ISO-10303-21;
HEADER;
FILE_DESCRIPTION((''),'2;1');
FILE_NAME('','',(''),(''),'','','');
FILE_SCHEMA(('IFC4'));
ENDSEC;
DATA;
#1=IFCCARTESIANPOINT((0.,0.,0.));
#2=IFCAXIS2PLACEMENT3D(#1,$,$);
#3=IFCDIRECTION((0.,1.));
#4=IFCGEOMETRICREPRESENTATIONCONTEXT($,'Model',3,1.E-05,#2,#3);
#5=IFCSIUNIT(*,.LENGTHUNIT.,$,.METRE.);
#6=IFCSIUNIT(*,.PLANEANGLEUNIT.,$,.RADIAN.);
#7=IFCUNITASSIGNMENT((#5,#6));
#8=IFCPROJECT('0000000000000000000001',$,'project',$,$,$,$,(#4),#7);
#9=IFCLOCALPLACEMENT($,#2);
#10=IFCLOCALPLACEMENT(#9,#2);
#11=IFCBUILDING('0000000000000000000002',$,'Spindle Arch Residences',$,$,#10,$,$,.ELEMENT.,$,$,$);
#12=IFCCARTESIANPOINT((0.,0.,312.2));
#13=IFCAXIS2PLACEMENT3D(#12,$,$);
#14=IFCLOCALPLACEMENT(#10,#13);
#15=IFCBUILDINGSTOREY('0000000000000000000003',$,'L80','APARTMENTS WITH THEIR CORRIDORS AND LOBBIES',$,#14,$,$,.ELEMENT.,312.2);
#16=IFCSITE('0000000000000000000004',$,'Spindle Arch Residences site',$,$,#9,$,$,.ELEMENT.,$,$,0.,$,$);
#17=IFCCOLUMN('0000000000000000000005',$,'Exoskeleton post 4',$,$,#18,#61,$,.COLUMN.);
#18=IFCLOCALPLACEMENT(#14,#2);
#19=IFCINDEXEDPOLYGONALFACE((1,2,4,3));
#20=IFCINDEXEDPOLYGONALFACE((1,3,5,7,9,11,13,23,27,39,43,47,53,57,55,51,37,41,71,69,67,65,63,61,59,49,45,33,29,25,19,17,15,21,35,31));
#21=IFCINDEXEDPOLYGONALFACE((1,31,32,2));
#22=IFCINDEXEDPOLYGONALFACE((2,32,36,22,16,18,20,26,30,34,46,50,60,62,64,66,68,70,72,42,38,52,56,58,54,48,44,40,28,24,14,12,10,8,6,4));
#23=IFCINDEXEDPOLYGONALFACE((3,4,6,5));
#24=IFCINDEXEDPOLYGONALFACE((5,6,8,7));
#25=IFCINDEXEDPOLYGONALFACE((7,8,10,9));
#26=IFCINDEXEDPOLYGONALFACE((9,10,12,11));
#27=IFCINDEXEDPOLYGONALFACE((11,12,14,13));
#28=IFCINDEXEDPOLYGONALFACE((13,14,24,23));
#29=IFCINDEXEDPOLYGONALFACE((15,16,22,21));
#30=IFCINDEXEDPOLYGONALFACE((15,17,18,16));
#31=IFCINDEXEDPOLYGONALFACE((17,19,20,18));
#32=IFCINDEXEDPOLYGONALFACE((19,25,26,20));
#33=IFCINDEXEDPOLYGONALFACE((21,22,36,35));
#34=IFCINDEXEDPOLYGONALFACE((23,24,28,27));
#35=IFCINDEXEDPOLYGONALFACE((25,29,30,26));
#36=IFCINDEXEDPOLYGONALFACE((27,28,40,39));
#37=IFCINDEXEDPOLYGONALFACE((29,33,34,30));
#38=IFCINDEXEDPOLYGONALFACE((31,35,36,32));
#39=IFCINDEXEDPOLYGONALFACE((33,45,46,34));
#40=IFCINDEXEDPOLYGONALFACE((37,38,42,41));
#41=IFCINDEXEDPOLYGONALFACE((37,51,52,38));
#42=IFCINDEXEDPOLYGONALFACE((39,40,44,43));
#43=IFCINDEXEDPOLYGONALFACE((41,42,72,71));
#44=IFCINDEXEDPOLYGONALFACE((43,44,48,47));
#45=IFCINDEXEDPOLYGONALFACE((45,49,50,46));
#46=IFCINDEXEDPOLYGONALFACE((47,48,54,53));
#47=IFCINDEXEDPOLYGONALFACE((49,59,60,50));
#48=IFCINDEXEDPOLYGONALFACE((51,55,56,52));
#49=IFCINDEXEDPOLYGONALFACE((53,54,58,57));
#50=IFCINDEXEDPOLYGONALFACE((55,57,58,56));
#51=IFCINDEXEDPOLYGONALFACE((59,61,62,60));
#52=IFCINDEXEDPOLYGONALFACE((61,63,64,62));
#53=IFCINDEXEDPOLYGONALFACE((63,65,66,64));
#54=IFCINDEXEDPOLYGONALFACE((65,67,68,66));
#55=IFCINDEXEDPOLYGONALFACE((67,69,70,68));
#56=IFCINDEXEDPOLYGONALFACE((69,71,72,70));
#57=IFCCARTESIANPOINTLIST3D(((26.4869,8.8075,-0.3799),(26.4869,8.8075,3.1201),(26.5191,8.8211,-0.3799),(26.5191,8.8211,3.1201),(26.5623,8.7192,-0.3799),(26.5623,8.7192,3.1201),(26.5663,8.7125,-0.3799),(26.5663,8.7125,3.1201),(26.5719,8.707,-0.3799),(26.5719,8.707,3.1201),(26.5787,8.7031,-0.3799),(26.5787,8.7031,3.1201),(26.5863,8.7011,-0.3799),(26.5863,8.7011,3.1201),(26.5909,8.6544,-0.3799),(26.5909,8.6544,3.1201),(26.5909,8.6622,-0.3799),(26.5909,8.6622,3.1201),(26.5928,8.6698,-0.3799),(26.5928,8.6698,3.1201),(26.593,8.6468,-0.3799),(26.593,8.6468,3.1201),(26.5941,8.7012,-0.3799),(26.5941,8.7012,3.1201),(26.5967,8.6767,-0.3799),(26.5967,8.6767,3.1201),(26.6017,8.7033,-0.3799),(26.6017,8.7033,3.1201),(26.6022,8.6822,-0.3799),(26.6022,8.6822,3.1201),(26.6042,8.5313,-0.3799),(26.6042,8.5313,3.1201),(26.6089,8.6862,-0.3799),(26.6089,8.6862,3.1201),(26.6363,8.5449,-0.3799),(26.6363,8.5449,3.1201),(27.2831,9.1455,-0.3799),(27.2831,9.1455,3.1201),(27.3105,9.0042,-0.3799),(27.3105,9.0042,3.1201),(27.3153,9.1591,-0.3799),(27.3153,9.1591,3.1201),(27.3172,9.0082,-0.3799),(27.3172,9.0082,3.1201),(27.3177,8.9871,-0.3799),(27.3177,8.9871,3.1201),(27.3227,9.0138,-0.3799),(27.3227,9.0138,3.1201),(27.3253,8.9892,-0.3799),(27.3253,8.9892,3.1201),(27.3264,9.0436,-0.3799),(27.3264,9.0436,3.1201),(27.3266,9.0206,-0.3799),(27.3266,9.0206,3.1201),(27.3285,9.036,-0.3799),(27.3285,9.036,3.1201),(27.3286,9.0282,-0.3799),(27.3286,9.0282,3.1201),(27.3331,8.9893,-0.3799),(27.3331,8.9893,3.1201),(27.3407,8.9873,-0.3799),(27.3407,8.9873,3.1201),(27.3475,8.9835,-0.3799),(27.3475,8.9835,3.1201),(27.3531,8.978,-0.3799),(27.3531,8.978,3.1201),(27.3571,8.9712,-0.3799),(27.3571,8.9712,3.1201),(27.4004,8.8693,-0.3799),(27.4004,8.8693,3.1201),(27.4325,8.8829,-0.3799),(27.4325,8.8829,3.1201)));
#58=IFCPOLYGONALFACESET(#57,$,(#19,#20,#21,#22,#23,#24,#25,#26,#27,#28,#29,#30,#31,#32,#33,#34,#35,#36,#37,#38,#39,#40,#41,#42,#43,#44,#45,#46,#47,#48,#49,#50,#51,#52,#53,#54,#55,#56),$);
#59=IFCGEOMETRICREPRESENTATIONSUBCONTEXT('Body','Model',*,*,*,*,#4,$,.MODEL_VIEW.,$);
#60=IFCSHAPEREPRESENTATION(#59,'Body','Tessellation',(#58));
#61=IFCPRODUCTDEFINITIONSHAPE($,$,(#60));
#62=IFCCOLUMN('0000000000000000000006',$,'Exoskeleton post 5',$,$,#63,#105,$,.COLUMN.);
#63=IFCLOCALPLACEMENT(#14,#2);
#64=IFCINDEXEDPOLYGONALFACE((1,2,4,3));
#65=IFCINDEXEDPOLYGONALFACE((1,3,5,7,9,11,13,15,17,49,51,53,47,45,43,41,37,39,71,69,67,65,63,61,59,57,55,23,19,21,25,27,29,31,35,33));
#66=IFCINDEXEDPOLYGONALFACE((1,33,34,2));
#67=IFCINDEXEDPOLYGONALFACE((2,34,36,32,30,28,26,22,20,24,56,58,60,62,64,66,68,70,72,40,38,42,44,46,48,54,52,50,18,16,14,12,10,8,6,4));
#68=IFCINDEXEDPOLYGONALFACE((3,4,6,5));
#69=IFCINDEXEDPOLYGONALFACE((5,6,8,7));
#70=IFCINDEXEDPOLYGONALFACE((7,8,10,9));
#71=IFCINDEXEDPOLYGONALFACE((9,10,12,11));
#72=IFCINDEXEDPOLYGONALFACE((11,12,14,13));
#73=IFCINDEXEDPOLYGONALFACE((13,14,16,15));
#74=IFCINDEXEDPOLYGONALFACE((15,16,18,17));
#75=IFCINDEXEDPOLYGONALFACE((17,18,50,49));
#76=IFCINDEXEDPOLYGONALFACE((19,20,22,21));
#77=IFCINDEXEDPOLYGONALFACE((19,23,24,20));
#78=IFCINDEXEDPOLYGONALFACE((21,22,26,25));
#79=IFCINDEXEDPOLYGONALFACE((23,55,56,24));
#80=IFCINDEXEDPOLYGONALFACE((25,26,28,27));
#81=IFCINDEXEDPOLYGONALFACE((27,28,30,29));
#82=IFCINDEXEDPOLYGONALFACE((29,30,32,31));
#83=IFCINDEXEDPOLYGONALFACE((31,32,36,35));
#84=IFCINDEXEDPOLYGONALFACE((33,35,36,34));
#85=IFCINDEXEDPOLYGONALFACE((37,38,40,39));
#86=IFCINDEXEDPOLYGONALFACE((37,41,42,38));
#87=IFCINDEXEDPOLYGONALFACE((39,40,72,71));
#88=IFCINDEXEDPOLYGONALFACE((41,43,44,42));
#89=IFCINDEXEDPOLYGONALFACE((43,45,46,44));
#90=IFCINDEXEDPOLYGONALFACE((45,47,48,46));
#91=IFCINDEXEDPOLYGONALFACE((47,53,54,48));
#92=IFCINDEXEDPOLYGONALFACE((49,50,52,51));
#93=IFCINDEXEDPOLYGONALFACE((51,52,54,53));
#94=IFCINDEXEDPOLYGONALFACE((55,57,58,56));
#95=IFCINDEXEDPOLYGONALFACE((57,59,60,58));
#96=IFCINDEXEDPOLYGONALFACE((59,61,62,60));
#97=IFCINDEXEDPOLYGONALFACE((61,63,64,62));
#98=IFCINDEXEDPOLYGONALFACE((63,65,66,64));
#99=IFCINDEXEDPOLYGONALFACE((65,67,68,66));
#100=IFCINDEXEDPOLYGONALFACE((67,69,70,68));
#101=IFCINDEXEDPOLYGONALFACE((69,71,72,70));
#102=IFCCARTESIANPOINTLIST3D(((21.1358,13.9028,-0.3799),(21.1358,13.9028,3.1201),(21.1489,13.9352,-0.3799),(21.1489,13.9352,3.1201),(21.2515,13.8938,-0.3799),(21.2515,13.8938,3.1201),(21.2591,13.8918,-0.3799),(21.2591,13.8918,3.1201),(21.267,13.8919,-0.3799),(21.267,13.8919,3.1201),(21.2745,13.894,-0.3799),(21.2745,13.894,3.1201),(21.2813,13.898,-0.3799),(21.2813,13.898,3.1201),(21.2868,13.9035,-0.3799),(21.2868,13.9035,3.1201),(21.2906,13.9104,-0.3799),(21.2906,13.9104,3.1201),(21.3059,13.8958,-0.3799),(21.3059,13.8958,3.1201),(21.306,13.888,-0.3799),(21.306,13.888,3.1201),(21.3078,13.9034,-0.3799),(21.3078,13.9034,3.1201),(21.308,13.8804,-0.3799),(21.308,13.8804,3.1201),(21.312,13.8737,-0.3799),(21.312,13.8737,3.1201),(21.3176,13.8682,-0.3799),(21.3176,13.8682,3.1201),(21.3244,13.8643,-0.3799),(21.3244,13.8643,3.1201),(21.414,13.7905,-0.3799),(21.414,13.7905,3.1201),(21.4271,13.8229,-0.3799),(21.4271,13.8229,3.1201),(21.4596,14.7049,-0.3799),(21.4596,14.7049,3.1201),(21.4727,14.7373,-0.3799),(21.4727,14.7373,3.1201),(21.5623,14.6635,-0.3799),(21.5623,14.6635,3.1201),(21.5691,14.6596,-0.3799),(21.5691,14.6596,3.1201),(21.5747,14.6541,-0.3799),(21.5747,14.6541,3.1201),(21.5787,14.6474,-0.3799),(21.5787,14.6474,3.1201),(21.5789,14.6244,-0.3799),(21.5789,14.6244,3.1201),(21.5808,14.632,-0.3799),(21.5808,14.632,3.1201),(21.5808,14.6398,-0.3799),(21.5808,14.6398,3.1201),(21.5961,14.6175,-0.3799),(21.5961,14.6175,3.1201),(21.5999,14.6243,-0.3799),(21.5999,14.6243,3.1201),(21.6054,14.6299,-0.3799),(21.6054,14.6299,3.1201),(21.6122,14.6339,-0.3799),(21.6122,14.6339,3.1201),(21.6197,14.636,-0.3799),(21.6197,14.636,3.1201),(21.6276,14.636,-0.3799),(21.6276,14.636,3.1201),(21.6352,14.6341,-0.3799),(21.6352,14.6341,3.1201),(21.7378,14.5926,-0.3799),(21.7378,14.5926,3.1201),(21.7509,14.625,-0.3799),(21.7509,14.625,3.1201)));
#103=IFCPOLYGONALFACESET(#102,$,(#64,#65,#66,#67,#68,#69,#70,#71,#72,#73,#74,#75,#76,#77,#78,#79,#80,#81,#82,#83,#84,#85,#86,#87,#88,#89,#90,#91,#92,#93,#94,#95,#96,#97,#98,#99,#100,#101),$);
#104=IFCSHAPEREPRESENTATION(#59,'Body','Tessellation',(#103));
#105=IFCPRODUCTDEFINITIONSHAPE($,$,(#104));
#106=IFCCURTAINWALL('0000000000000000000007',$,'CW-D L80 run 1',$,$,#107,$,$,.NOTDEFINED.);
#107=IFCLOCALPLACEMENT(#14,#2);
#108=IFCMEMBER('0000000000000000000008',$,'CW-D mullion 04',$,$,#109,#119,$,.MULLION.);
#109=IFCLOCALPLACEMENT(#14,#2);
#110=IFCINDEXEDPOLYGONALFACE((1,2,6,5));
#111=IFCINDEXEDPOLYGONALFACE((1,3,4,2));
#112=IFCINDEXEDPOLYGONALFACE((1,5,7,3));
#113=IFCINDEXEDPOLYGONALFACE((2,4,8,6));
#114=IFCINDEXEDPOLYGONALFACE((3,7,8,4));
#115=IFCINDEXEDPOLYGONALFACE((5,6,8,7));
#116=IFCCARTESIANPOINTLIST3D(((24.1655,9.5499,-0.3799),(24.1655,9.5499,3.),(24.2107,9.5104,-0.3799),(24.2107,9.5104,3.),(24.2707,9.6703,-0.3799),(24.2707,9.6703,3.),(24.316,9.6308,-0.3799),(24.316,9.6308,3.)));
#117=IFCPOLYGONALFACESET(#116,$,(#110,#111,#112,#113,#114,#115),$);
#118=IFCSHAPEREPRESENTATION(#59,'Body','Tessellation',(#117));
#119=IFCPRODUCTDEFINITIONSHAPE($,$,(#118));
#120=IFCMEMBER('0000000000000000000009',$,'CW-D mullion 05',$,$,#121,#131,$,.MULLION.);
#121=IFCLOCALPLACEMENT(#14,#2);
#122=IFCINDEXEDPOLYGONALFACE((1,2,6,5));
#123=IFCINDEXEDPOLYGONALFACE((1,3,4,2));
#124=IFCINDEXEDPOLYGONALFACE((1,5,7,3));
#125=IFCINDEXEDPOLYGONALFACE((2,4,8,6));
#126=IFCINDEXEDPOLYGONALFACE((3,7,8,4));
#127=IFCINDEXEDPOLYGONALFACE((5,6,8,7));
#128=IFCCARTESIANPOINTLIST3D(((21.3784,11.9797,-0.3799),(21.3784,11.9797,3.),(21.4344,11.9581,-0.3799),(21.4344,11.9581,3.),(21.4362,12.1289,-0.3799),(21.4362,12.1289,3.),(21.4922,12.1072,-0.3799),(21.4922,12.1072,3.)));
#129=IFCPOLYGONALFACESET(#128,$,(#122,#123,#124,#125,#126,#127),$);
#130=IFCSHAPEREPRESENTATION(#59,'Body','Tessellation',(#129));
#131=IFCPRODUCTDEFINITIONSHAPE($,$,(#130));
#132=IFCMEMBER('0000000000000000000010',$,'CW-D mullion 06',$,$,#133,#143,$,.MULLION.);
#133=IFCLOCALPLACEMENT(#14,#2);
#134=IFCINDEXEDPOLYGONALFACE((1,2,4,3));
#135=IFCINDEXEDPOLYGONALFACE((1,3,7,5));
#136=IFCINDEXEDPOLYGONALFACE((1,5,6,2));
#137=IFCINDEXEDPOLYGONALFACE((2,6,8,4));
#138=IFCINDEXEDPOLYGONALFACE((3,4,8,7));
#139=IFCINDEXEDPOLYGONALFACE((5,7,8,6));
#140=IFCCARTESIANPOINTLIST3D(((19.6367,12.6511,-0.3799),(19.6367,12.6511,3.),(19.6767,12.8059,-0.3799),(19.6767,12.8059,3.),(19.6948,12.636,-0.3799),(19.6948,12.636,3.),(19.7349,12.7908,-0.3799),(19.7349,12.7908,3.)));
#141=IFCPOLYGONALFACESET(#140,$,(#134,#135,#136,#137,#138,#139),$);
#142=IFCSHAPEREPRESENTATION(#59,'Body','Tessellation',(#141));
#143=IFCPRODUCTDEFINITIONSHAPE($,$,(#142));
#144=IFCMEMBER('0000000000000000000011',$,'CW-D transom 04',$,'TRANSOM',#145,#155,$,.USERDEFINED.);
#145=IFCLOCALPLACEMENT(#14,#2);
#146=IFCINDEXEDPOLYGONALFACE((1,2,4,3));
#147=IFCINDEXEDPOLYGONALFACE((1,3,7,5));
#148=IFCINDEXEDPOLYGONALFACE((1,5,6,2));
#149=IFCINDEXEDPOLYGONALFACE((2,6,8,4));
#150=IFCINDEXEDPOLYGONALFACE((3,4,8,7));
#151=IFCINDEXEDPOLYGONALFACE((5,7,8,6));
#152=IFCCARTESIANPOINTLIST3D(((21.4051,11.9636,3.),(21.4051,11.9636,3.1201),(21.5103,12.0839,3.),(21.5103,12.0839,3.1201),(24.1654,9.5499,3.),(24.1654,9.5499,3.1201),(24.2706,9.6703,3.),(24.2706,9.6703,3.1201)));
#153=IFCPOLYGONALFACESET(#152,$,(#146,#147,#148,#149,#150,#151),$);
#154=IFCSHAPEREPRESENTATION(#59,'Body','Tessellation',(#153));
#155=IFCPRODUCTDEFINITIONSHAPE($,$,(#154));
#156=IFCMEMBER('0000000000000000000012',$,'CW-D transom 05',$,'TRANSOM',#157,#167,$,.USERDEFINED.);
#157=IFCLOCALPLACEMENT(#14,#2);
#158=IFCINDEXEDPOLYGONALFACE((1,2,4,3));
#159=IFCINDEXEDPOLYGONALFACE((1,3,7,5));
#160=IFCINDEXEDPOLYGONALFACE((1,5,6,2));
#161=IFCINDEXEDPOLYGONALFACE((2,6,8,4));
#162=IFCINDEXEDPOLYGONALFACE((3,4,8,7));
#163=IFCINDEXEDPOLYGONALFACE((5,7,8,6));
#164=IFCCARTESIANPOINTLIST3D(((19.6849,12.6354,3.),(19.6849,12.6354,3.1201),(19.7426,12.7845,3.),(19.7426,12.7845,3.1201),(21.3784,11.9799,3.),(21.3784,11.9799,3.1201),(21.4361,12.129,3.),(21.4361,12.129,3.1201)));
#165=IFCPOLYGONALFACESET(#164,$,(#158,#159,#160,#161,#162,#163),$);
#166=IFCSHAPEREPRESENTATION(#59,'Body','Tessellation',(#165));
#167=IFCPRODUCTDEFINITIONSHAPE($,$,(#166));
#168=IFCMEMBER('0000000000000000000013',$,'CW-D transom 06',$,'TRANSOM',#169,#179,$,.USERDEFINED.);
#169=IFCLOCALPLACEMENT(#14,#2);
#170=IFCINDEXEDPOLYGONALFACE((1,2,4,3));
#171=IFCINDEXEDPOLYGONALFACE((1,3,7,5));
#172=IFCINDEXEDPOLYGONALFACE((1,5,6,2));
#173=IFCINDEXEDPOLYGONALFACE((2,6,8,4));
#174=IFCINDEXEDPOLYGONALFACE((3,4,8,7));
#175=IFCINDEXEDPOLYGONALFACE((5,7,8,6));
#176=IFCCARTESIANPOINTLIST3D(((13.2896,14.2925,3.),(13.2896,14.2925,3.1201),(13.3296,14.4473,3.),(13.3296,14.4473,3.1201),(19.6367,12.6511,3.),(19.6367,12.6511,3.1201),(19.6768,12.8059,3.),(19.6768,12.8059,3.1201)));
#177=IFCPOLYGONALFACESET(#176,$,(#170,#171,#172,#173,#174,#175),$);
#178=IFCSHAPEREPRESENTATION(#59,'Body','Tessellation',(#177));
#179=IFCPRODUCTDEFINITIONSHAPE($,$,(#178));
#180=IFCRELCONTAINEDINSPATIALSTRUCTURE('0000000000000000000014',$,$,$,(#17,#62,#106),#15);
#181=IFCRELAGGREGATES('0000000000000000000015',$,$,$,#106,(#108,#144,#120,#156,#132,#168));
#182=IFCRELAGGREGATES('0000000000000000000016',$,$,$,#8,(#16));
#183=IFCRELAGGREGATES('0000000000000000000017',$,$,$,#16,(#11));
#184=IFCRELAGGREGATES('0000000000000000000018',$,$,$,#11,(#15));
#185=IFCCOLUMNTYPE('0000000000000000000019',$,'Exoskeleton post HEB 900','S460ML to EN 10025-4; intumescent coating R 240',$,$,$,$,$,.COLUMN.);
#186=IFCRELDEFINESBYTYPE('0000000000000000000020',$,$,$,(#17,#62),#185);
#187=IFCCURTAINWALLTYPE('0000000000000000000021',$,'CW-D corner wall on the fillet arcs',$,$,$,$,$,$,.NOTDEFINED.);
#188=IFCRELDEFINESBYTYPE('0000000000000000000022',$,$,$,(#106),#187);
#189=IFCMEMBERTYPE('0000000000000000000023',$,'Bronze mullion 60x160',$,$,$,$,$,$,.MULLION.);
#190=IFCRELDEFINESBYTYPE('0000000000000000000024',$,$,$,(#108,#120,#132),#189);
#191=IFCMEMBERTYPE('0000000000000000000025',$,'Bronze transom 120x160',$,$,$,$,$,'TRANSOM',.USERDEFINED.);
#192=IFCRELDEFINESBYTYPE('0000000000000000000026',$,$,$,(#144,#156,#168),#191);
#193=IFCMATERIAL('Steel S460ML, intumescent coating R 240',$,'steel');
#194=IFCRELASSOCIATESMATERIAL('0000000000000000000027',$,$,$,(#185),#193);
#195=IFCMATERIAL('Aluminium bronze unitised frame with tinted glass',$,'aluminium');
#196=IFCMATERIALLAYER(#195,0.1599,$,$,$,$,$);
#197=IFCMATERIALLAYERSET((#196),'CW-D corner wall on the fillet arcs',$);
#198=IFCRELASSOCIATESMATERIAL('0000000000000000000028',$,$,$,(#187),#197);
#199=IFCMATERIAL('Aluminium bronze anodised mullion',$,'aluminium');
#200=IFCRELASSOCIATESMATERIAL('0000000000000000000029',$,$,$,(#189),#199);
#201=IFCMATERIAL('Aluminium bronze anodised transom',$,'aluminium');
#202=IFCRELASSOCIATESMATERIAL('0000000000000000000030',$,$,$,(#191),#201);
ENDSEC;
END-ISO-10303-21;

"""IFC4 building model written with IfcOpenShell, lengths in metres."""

from ifc_helpers import new_model, si_unit, direction, frame, origin, origin_2d, place, context, subcontext, project, spatial, rectangle, i_section, extrude, material, layer, layer_set, material_profile, profile_set, type_object, element, aggregate, save


model = new_model("IFC4")

# Units and contexts
model_context = context("Model", 3, precision=1e-05, world=origin(), true_north=direction((0.0, 1.0)))
body_context = subcontext(model_context, "Body", "Model", "MODEL_VIEW")
ifc_project = project(units=[si_unit("LENGTHUNIT", "METRE"), si_unit("PLANEANGLEUNIT", "RADIAN")], contexts=[model_context])

# Site, building, storey
site_placement = place(None, origin())
site = spatial("IfcSite", under=ifc_project, at=site_placement, Name="Spindle Arch Residences site", CompositionType="ELEMENT", RefElevation=0.0)
building_placement = place(site_placement, origin())
building = spatial("IfcBuilding", under=site, at=building_placement, Name="Spindle Arch Residences", CompositionType="ELEMENT")
storey_placement = place(building_placement, frame((0.0, 0.0, 312.2)))
storey = spatial("IfcBuildingStorey", under=building, at=storey_placement, Name="L80", Description="APARTMENTS WITH THEIR CORRIDORS AND LOBBIES", CompositionType="ELEMENT", Elevation=312.2)

# Columns
ifc_material_1 = material(Name="Steel S460ML, intumescent coating R 240", Category="steel")
ifc_material_profile_1 = material_profile(ifc_material_1, i_section(OverallWidth=0.3, OverallDepth=0.8999, WebThickness=0.0186, FlangeThickness=0.0349, FilletRadius=0.03, at=origin_2d()), Name="HEB 900")
ifc_profile_set_1 = profile_set([ifc_material_profile_1], Name="Steel S460ML, intumescent coating R 240")
column_type = type_object("IfcColumnType", Name="Exoskeleton post HEB 900", Description="S460ML to EN 10025-4; intumescent coating R 240", PredefinedType="COLUMN", material=ifc_profile_set_1)
for number, where, z_axis, x_axis, name in (
    (1, (26.9597, 8.8452, -0.3799), (0.0, 0.0, 1.0), (0.39077, -0.920488, 0.0), "Exoskeleton post 4"),
    (2, (21.4434, 14.2639, -0.3799), (0.0, 0.0, 1.0), (0.927295, -0.374332, 0.0), "Exoskeleton post 5"),
):
    element("IfcColumn", number, at=place(storey_placement, frame(where, z_axis=z_axis, x_axis=x_axis)), inside=storey, type_object=column_type, Name=name, PredefinedType="COLUMN", context=body_context, shape_type="SweptSolid", body=[
        extrude(i_section(OverallWidth=0.3, OverallDepth=0.8999, WebThickness=0.0186, FlangeThickness=0.0349, FilletRadius=0.03, at=origin_2d()), origin(), (0.0, 0.0, 1.0), 3.5),
    ])

# Curtain wall, members
ifc_material_2 = material(Name="Aluminium bronze unitised frame with tinted glass", Category="aluminium")
ifc_layer_1 = layer(ifc_material_2, 0.1599)
ifc_layer_set_1 = layer_set([ifc_layer_1], Name="CW-D corner wall on the fillet arcs")
curtain_wall_type = type_object("IfcCurtainWallType", Name="CW-D corner wall on the fillet arcs", PredefinedType="NOTDEFINED", material=ifc_layer_set_1)
curtain_wall_placement = place(storey_placement, origin())
curtain_wall = element("IfcCurtainWall", 3, at=curtain_wall_placement, inside=storey, type_object=curtain_wall_type, Name="CW-D L80 run 1", PredefinedType="NOTDEFINED")
ifc_material_3 = material(Name="Aluminium bronze anodised mullion", Category="aluminium")
ifc_material_profile_2 = material_profile(ifc_material_3, rectangle(XDim=0.1599, YDim=0.0601, at=origin_2d()), Name="MU 60x160")
ifc_profile_set_2 = profile_set([ifc_material_profile_2], Name="Aluminium bronze anodised mullion")
member_type_1 = type_object("IfcMemberType", Name="Bronze mullion 60x160", PredefinedType="MULLION", material=ifc_profile_set_2)
member_1_placement = place(storey_placement, frame((24.2407, 9.5903, -0.3799), z_axis=(0.0, 0.0, 1.0), x_axis=(-0.658252, -0.752798, 0.0)))
member_1 = element("IfcMember", 4, at=member_1_placement, type_object=member_type_1, Name="CW-D mullion 04", PredefinedType="MULLION", context=body_context, shape_type="SweptSolid", body=[
    extrude(rectangle(XDim=0.1599, YDim=0.0601, at=origin_2d()), origin(), (0.0, 0.0, 1.0), 3.3799),
])
member_2_placement = place(storey_placement, frame((21.4353, 12.0435, -0.3799), z_axis=(0.0, 0.0, 1.0), x_axis=(-0.361082, -0.932534, 0.0)))
member_2 = element("IfcMember", 5, at=member_2_placement, type_object=member_type_1, Name="CW-D mullion 05", PredefinedType="MULLION", context=body_context, shape_type="SweptSolid", body=[
    extrude(rectangle(XDim=0.1599, YDim=0.0601, at=origin_2d()), origin(), (0.0, 0.0, 1.0), 3.3799),
])
member_3_placement = place(storey_placement, frame((19.6858, 12.7209, -0.3799), z_axis=(0.0, 0.0, 1.0), x_axis=(-0.25038, -0.968148, 0.0)))
member_3 = element("IfcMember", 6, at=member_3_placement, type_object=member_type_1, Name="CW-D mullion 06", PredefinedType="MULLION", context=body_context, shape_type="SweptSolid", body=[
    extrude(rectangle(XDim=0.1599, YDim=0.0601, at=origin_2d()), origin(), (0.0, 0.0, 1.0), 3.3799),
])
ifc_material_4 = material(Name="Aluminium bronze anodised transom", Category="aluminium")
ifc_material_profile_3 = material_profile(ifc_material_4, rectangle(XDim=0.1599, YDim=0.1201, at=origin_2d()), Name="TR 120x160")
ifc_profile_set_3 = profile_set([ifc_material_profile_3], Name="Aluminium bronze anodised transom")
member_type_2 = type_object("IfcMemberType", Name="Bronze transom 120x160", ElementType="TRANSOM", PredefinedType="USERDEFINED", material=ifc_profile_set_3)
member_4_placement = place(storey_placement, frame((24.218, 9.6101, 3.0601), z_axis=(-0.752799, 0.65825, 0.0), x_axis=(-0.65825, -0.752799, 0.0)))
member_4 = element("IfcMember", 7, at=member_4_placement, type_object=member_type_2, Name="CW-D transom 04", ObjectType="TRANSOM", PredefinedType="USERDEFINED", context=body_context, shape_type="SweptSolid", body=[
    extrude(rectangle(XDim=0.1599, YDim=0.1201, at=origin_2d()), origin(), (0.0, 0.0, 1.0), 3.6667),
])
member_5_placement = place(storey_placement, frame((21.4072, 12.0544, 3.0601), z_axis=(-0.932581, 0.36096, 0.0), x_axis=(-0.36096, -0.932581, 0.0)))
member_5 = element("IfcMember", 8, at=member_5_placement, type_object=member_type_2, Name="CW-D transom 05", ObjectType="TRANSOM", PredefinedType="USERDEFINED", context=body_context, shape_type="SweptSolid", body=[
    extrude(rectangle(XDim=0.1599, YDim=0.1201, at=origin_2d()), origin(), (0.0, 0.0, 1.0), 1.8159),
])
member_6_placement = place(storey_placement, frame((19.6567, 12.7285, 3.0601), z_axis=(-0.968153, 0.250361, 0.0), x_axis=(-0.250361, -0.968153, 0.0)))
member_6 = element("IfcMember", 9, at=member_6_placement, type_object=member_type_2, Name="CW-D transom 06", ObjectType="TRANSOM", PredefinedType="USERDEFINED", context=body_context, shape_type="SweptSolid", body=[
    extrude(rectangle(XDim=0.1599, YDim=0.1201, at=origin_2d()), origin(), (0.0, 0.0, 1.0), 6.5559),
])

aggregate(curtain_wall, [member_1, member_4, member_2, member_5, member_3, member_6])

save(model, "model.ifc")
